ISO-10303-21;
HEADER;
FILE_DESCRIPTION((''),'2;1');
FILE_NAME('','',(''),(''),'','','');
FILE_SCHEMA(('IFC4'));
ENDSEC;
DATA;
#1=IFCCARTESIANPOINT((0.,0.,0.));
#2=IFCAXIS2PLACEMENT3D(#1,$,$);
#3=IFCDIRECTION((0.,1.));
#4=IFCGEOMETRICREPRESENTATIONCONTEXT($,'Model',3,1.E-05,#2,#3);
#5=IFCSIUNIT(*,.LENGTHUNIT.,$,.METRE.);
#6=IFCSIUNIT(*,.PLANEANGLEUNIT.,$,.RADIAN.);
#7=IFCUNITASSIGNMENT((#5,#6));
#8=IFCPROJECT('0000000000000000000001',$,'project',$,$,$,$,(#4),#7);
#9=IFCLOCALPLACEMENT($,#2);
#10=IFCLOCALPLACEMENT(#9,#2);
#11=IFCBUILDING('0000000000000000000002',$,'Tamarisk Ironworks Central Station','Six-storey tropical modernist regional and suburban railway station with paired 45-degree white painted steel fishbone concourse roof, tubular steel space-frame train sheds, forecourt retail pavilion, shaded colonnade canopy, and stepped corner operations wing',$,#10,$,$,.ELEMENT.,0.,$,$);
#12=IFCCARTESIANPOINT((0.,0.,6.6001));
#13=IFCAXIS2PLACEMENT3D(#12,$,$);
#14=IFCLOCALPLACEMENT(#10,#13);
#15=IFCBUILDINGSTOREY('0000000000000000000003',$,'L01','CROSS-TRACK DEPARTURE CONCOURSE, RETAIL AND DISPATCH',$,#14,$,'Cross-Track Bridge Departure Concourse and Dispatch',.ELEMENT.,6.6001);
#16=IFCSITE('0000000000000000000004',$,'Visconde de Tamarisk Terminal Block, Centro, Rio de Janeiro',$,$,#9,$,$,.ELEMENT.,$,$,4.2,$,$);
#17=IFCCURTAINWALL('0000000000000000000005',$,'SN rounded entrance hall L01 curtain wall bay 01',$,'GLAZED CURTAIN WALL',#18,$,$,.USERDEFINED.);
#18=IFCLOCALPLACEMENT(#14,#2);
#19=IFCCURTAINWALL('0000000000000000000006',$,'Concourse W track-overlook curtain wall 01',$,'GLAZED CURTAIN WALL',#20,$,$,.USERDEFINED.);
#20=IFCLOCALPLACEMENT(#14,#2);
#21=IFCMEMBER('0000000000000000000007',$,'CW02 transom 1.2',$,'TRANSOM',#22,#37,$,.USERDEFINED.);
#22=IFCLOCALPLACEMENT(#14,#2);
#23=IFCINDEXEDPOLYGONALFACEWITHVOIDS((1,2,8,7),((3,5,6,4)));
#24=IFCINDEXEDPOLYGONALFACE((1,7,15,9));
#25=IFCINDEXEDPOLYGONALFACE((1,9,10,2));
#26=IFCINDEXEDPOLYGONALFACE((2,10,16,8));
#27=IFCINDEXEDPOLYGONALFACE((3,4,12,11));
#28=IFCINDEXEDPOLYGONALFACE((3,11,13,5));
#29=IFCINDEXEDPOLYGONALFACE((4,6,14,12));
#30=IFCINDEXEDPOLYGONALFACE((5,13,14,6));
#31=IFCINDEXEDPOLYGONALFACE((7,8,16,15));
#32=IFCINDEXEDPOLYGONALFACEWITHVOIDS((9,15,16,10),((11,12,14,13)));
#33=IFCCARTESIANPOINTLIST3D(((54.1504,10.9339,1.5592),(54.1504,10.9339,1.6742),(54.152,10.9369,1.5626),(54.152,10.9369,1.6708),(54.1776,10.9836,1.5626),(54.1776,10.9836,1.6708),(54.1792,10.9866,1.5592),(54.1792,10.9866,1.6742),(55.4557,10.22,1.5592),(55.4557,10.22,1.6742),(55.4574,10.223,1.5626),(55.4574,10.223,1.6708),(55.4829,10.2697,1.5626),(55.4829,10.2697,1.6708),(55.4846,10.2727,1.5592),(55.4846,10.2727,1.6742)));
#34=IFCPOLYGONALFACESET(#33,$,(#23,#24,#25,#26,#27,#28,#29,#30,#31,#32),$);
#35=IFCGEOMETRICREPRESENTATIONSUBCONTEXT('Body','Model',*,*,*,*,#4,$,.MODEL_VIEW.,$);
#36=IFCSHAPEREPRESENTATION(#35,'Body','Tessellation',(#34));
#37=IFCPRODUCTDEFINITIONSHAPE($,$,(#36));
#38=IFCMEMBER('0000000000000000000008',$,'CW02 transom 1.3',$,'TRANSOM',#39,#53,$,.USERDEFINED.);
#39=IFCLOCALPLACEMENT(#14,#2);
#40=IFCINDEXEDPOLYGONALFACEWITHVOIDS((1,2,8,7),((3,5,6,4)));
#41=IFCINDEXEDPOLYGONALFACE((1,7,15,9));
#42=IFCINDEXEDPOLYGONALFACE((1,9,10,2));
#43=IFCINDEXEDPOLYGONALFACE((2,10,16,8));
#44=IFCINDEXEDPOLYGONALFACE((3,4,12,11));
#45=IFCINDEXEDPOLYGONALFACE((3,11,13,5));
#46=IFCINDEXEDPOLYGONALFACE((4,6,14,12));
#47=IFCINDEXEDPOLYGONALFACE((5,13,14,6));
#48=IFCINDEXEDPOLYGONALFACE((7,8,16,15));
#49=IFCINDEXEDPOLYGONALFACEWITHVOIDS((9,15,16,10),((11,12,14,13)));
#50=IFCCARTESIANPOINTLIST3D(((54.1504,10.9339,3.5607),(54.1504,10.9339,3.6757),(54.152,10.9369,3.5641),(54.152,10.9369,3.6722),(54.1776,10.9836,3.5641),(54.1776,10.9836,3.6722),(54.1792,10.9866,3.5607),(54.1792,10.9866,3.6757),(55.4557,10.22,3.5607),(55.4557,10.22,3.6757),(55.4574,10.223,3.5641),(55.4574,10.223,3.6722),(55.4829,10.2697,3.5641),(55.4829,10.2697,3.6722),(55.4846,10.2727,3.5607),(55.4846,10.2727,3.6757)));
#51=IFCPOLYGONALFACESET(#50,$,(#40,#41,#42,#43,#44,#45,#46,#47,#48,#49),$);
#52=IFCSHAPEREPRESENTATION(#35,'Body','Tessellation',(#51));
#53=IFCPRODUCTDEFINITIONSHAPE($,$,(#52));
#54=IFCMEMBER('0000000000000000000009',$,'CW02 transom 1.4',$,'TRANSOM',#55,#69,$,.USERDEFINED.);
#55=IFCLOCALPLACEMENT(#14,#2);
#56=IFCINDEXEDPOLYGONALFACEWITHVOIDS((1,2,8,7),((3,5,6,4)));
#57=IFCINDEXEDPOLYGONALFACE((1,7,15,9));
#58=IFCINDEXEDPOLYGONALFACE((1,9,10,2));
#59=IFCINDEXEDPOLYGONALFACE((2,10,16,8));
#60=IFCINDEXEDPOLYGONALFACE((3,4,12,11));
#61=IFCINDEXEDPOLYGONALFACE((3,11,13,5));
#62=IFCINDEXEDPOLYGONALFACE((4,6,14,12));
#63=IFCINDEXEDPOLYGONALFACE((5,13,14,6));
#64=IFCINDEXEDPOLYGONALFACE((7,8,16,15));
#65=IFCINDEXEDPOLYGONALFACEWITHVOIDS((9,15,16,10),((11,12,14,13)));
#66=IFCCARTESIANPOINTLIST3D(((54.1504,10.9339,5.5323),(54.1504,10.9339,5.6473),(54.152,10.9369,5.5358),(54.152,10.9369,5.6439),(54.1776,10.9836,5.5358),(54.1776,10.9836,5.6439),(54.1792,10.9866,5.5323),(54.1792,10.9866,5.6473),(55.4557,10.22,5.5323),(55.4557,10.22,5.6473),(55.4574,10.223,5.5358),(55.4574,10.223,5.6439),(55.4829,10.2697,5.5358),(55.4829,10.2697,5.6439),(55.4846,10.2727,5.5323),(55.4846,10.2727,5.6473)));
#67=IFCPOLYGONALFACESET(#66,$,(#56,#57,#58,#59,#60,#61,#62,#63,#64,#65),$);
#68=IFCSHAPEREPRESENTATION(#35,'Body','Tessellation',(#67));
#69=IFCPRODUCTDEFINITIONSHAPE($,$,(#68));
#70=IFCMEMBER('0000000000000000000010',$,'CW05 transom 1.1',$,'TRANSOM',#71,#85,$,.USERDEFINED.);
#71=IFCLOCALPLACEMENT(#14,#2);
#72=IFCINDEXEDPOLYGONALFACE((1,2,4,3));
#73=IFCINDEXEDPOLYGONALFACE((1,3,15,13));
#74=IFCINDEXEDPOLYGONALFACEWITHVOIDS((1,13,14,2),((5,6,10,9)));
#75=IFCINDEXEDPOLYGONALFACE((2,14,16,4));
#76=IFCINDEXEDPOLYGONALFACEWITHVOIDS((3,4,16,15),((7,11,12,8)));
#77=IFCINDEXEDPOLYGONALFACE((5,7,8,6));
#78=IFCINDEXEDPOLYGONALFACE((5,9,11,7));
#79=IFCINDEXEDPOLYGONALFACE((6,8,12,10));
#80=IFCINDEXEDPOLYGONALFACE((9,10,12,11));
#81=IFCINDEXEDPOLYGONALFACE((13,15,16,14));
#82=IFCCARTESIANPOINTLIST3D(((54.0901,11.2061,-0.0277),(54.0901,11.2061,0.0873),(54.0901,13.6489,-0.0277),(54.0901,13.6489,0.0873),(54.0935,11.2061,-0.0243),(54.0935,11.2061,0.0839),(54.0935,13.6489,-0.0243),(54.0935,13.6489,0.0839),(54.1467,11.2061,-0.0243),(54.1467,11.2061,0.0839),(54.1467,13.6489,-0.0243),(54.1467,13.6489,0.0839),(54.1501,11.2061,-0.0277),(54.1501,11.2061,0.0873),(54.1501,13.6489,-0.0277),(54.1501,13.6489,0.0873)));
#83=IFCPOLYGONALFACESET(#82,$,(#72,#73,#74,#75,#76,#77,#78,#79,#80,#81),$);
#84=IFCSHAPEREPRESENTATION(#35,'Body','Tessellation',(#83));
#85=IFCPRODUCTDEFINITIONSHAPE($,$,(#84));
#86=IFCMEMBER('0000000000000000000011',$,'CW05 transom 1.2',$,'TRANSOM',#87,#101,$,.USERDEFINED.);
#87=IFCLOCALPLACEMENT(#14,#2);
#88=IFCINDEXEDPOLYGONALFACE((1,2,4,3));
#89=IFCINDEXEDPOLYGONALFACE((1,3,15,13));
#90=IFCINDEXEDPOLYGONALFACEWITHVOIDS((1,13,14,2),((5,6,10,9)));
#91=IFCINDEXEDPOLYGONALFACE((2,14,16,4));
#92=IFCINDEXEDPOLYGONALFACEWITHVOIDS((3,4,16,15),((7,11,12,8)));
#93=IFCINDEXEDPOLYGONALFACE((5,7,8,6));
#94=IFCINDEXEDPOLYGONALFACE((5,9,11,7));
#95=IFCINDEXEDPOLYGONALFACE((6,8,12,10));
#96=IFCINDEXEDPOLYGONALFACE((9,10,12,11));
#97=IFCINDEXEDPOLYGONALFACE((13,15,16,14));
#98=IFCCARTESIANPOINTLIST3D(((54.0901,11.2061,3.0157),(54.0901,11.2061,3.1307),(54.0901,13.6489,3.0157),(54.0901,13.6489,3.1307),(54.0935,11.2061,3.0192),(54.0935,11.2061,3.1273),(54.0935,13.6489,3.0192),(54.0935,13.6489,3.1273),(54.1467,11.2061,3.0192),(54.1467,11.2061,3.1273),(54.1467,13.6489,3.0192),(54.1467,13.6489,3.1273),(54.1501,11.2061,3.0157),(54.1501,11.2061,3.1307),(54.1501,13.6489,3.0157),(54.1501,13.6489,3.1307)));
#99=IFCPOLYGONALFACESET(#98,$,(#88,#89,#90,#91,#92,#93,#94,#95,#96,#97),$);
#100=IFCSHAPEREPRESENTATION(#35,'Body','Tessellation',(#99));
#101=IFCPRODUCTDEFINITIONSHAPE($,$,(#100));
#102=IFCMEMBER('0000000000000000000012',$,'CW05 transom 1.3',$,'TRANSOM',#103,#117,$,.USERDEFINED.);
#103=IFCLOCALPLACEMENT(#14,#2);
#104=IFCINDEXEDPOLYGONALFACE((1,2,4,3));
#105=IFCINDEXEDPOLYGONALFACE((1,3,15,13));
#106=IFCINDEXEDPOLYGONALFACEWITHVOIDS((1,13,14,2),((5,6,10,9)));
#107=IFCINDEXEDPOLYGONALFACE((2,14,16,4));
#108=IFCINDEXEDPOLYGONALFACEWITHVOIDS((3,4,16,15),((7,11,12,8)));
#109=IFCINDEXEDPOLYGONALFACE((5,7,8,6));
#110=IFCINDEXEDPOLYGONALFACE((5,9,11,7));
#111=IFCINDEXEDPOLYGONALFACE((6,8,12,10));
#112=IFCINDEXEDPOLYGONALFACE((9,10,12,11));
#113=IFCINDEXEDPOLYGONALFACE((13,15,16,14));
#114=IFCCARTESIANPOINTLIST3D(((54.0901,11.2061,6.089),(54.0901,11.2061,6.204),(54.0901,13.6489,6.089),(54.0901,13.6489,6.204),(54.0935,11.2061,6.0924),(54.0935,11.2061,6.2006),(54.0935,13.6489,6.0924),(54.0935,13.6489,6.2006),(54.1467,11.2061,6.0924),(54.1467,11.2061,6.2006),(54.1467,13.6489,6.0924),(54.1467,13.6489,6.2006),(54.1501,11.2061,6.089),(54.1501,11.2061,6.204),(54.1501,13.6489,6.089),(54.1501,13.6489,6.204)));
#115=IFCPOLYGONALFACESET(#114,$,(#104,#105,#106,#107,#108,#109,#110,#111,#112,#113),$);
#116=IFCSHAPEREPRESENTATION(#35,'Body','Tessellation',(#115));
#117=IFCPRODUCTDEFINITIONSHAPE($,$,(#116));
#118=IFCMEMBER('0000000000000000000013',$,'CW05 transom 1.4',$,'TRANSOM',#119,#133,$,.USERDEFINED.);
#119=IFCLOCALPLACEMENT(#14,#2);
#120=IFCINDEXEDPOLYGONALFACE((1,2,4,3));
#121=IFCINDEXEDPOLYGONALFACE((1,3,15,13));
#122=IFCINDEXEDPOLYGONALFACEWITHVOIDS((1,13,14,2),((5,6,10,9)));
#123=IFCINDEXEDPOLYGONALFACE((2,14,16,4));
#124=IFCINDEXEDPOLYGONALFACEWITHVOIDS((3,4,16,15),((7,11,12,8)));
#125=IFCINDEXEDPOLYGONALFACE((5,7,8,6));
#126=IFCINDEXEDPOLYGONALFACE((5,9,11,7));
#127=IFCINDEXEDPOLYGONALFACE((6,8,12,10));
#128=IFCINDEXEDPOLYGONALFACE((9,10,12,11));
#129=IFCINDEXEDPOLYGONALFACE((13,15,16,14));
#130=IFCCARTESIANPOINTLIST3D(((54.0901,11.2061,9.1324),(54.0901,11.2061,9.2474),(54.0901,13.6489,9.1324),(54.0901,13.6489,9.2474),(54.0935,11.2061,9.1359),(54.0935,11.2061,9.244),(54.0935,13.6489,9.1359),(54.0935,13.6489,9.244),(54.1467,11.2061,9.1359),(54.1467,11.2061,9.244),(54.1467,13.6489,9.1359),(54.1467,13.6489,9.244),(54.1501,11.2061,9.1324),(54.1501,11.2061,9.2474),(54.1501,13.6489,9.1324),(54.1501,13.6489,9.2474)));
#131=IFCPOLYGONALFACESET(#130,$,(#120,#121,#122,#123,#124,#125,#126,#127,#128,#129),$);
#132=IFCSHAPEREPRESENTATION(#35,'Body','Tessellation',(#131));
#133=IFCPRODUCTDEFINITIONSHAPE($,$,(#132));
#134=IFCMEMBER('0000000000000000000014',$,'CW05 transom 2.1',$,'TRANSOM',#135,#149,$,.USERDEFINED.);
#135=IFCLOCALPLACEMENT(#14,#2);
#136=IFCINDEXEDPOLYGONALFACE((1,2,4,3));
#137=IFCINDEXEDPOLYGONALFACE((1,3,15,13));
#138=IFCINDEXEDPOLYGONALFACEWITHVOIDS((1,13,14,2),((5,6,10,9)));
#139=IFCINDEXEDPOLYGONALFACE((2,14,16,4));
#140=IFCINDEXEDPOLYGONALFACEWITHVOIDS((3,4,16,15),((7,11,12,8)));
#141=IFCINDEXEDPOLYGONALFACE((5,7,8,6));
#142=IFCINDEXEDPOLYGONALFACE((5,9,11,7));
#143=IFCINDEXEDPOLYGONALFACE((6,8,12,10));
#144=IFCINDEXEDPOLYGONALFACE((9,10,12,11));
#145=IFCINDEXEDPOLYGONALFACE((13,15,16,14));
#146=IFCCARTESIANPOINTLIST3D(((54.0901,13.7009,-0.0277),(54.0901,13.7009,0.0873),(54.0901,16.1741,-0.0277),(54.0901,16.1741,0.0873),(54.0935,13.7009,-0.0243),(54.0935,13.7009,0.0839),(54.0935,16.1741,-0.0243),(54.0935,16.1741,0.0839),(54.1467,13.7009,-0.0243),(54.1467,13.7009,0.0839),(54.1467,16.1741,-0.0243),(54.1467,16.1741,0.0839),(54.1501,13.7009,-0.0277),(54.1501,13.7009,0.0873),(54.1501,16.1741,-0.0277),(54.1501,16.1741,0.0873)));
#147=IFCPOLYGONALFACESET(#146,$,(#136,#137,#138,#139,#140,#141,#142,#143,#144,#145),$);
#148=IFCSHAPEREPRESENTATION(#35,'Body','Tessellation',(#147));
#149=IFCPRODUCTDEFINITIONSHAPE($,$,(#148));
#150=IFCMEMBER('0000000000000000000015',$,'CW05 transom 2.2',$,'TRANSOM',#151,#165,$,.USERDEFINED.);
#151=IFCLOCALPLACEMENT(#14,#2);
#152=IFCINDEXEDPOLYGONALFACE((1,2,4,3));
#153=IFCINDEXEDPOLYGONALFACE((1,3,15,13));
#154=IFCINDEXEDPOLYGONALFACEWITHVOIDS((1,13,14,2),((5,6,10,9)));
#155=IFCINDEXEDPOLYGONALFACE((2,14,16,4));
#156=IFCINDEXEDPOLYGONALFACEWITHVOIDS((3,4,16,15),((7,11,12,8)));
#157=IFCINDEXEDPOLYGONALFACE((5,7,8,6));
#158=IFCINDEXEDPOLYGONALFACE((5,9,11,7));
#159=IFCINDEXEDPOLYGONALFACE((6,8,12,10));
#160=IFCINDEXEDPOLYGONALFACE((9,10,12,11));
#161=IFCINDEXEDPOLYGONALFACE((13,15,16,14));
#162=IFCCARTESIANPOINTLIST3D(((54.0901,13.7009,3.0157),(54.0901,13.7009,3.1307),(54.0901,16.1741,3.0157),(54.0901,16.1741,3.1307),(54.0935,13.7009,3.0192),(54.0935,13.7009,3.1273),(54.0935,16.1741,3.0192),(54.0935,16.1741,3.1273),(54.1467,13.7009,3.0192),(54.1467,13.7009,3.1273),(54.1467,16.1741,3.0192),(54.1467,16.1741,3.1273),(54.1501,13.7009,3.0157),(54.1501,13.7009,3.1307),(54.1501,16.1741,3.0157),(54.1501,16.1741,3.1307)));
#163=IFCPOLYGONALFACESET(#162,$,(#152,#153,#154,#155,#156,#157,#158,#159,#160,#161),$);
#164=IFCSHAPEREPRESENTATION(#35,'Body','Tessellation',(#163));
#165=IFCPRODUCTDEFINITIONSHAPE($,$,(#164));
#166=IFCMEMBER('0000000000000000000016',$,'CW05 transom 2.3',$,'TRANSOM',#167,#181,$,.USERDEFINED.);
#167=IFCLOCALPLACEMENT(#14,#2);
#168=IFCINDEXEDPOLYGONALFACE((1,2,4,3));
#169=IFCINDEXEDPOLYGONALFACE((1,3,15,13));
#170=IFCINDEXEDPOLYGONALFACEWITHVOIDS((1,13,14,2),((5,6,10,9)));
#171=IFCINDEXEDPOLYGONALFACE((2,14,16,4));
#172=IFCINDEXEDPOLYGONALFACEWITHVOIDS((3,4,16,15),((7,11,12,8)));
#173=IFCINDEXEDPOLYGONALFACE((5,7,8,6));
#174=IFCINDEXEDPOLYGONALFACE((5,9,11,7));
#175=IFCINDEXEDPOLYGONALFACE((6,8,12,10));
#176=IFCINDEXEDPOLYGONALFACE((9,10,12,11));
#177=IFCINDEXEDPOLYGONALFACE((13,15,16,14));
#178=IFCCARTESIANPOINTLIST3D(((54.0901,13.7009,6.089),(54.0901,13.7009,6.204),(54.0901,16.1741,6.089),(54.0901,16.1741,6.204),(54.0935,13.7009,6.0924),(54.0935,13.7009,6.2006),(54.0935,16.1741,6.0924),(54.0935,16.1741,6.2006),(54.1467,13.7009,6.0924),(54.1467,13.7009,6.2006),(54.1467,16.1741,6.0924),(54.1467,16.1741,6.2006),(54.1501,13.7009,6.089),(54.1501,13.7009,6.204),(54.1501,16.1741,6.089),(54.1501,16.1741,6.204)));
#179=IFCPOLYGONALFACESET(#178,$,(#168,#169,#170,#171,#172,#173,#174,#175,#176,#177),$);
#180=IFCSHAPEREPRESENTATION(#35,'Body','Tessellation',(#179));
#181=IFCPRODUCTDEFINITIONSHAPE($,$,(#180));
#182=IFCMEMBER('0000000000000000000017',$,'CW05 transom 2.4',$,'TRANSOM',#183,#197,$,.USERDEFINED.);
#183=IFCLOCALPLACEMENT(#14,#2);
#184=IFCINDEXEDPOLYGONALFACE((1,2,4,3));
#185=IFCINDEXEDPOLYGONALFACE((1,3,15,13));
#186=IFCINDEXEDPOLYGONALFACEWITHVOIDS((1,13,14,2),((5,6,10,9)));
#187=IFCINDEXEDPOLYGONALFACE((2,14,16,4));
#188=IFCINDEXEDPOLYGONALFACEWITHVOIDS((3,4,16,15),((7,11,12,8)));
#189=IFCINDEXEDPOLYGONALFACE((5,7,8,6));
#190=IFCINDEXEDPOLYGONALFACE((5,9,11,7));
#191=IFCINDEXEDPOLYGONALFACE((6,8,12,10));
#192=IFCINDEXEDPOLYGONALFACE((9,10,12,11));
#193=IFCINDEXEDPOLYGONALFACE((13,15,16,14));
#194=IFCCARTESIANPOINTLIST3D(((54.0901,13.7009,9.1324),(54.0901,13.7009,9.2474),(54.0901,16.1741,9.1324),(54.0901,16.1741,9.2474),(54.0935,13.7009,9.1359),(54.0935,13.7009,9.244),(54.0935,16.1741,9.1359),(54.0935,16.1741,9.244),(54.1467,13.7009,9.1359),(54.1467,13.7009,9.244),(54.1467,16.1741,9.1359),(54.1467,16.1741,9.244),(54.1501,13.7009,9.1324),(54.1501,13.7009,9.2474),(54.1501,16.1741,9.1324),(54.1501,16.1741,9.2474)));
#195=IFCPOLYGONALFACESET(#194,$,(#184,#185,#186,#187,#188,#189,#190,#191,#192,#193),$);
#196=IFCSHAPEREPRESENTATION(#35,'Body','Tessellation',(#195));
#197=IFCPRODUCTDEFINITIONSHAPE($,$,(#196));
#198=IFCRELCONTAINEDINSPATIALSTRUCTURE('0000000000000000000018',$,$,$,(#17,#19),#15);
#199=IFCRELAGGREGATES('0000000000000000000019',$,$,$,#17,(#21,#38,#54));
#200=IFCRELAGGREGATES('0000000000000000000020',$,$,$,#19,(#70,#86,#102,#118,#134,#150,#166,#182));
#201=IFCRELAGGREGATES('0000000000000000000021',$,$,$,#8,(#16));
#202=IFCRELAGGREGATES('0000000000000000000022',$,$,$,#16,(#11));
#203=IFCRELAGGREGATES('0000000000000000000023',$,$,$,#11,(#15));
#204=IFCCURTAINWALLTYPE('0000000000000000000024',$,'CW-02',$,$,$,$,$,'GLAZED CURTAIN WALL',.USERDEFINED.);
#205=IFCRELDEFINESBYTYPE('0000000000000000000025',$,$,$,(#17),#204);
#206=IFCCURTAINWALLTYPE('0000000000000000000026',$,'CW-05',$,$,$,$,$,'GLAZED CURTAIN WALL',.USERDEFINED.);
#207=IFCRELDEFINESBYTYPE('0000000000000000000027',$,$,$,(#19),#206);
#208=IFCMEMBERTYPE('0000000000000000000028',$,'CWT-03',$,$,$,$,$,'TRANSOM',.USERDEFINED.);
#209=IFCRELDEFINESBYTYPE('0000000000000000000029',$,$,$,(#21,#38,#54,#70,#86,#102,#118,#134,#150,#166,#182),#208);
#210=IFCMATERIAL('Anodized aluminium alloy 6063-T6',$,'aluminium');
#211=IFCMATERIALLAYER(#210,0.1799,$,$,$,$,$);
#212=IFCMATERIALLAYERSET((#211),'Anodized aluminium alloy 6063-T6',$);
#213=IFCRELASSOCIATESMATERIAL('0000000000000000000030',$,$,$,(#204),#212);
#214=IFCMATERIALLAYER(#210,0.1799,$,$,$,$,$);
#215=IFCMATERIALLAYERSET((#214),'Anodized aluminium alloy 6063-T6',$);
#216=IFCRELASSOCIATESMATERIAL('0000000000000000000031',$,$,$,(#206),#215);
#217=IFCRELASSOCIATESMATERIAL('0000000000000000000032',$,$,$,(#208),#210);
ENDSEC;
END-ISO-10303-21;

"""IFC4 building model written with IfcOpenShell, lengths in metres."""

from ifc_helpers import new_model, si_unit, direction, frame, origin, origin_2d, place, context, subcontext, project, spatial, hollow_rectangle, extrude, material, layer, layer_set, material_profile, profile_set, type_object, element, aggregate, save


model = new_model("IFC4")

# Units and contexts
model_context = context("Model", 3, precision=1e-05, world=origin(), true_north=direction((0.0, 1.0)))
body_context = subcontext(model_context, "Body", "Model", "MODEL_VIEW")
ifc_project = project(units=[si_unit("LENGTHUNIT", "METRE"), si_unit("PLANEANGLEUNIT", "RADIAN")], contexts=[model_context])

# Site, building, storey
site_placement = place(None, origin())
site = spatial("IfcSite", under=ifc_project, at=site_placement, Name="Visconde de Tamarisk Terminal Block, Centro, Rio de Janeiro", CompositionType="ELEMENT", RefElevation=4.2)
building_placement = place(site_placement, origin())
building = spatial("IfcBuilding", under=site, at=building_placement, Name="Tamarisk Ironworks Central Station", Description="Six-storey tropical modernist regional and suburban railway station with paired 45-degree white painted steel fishbone concourse roof, tubular steel space-frame train sheds, forecourt retail pavilion, shaded colonnade canopy, and stepped corner operations wing", CompositionType="ELEMENT", ElevationOfRefHeight=0.0)
storey_placement = place(building_placement, frame((0.0, 0.0, 6.6001)))
storey = spatial("IfcBuildingStorey", under=building, at=storey_placement, Name="L01", Description="CROSS-TRACK DEPARTURE CONCOURSE, RETAIL AND DISPATCH", LongName="Cross-Track Bridge Departure Concourse and Dispatch", CompositionType="ELEMENT", Elevation=6.6001)

# Curtain wall
ifc_material_1 = material(Name="Anodized aluminium alloy 6063-T6", Category="aluminium")
ifc_layer_1 = layer(ifc_material_1, 0.1799)
ifc_layer_set_1 = layer_set([ifc_layer_1], Name="Anodized aluminium alloy 6063-T6")
curtain_wall_type_1 = type_object("IfcCurtainWallType", Name="CW-02", ElementType="GLAZED CURTAIN WALL", PredefinedType="USERDEFINED", material=ifc_layer_set_1)
curtain_wall_1_placement = place(storey_placement, origin())
curtain_wall_1 = element("IfcCurtainWall", 1, at=curtain_wall_1_placement, inside=storey, type_object=curtain_wall_type_1, Name="SN rounded entrance hall L01 curtain wall bay 01", ObjectType="GLAZED CURTAIN WALL", PredefinedType="USERDEFINED")

# Curtain wall
ifc_layer_2 = layer(ifc_material_1, 0.1799)
ifc_layer_set_2 = layer_set([ifc_layer_2], Name="Anodized aluminium alloy 6063-T6")
curtain_wall_type_2 = type_object("IfcCurtainWallType", Name="CW-05", ElementType="GLAZED CURTAIN WALL", PredefinedType="USERDEFINED", material=ifc_layer_set_2)
curtain_wall_2_placement = place(storey_placement, origin())
curtain_wall_2 = element("IfcCurtainWall", 2, at=curtain_wall_2_placement, inside=storey, type_object=curtain_wall_type_2, Name="Concourse W track-overlook curtain wall 01", ObjectType="GLAZED CURTAIN WALL", PredefinedType="USERDEFINED")

# Members
ifc_material_profile_1 = material_profile(ifc_material_1, hollow_rectangle(XDim=0.0601, YDim=0.115, WallThickness=0.0034, at=origin_2d()), Name="ALUM 115x60")
ifc_profile_set_1 = profile_set([ifc_material_profile_1], Name="Anodized aluminium alloy 6063-T6")
member_type_1 = type_object("IfcMemberType", Name="CWT-03", ElementType="TRANSOM", PredefinedType="USERDEFINED", material=ifc_profile_set_1)
member_1_placement = place(storey_placement, frame((54.1648, 10.9602, 1.6167), z_axis=(0.877381, -0.479795, 0.0), x_axis=(0.479795, 0.877381, 0.0)))
member_1 = element("IfcMember", 3, at=member_1_placement, type_object=member_type_1, Name="CW02 transom 1.2", ObjectType="TRANSOM", PredefinedType="USERDEFINED", context=body_context, shape_type="SweptSolid", body=[
    extrude(hollow_rectangle(XDim=0.0601, YDim=0.115, WallThickness=0.0034, at=origin_2d()), origin(), (0.0, 0.0, 1.0), 1.4878),
])
member_2_placement = place(storey_placement, frame((54.1648, 10.9602, 3.6182), z_axis=(0.877381, -0.479795, 0.0), x_axis=(0.479795, 0.877381, 0.0)))
member_2 = element("IfcMember", 4, at=member_2_placement, type_object=member_type_1, Name="CW02 transom 1.3", ObjectType="TRANSOM", PredefinedType="USERDEFINED", context=body_context, shape_type="SweptSolid", body=[
    extrude(hollow_rectangle(XDim=0.0601, YDim=0.115, WallThickness=0.0034, at=origin_2d()), origin(), (0.0, 0.0, 1.0), 1.4878),
])
member_3_placement = place(storey_placement, frame((54.1648, 10.9602, 5.5898), z_axis=(0.877381, -0.479795, 0.0), x_axis=(0.479795, 0.877381, 0.0)))
member_3 = element("IfcMember", 5, at=member_3_placement, type_object=member_type_1, Name="CW02 transom 1.4", ObjectType="TRANSOM", PredefinedType="USERDEFINED", context=body_context, shape_type="SweptSolid", body=[
    extrude(hollow_rectangle(XDim=0.0601, YDim=0.115, WallThickness=0.0034, at=origin_2d()), origin(), (0.0, 0.0, 1.0), 1.4878),
])
aggregate(curtain_wall_1, [member_1, member_2, member_3])
member_4_placement = place(storey_placement, frame((54.1201, 11.2061, 0.0298), z_axis=(0.0, 1.0, 0.0), x_axis=(-1.0, 0.0, 0.0)))
member_4 = element("IfcMember", 6, at=member_4_placement, type_object=member_type_1, Name="CW05 transom 1.1", ObjectType="TRANSOM", PredefinedType="USERDEFINED", context=body_context, shape_type="SweptSolid", body=[
    extrude(hollow_rectangle(XDim=0.0601, YDim=0.115, WallThickness=0.0034, at=origin_2d()), origin(), (0.0, 0.0, 1.0), 2.4429),
])
member_5_placement = place(storey_placement, frame((54.1201, 11.2061, 3.0732), z_axis=(0.0, 1.0, 0.0), x_axis=(-1.0, 0.0, 0.0)))
member_5 = element("IfcMember", 7, at=member_5_placement, type_object=member_type_1, Name="CW05 transom 1.2", ObjectType="TRANSOM", PredefinedType="USERDEFINED", context=body_context, shape_type="SweptSolid", body=[
    extrude(hollow_rectangle(XDim=0.0601, YDim=0.115, WallThickness=0.0034, at=origin_2d()), origin(), (0.0, 0.0, 1.0), 2.4429),
])
member_6_placement = place(storey_placement, frame((54.1201, 11.2061, 6.1465), z_axis=(0.0, 1.0, 0.0), x_axis=(-1.0, 0.0, 0.0)))
member_6 = element("IfcMember", 8, at=member_6_placement, type_object=member_type_1, Name="CW05 transom 1.3", ObjectType="TRANSOM", PredefinedType="USERDEFINED", context=body_context, shape_type="SweptSolid", body=[
    extrude(hollow_rectangle(XDim=0.0601, YDim=0.115, WallThickness=0.0034, at=origin_2d()), origin(), (0.0, 0.0, 1.0), 2.4429),
])
member_7_placement = place(storey_placement, frame((54.1201, 11.2061, 9.1899), z_axis=(0.0, 1.0, 0.0), x_axis=(-1.0, 0.0, 0.0)))
member_7 = element("IfcMember", 9, at=member_7_placement, type_object=member_type_1, Name="CW05 transom 1.4", ObjectType="TRANSOM", PredefinedType="USERDEFINED", context=body_context, shape_type="SweptSolid", body=[
    extrude(hollow_rectangle(XDim=0.0601, YDim=0.115, WallThickness=0.0034, at=origin_2d()), origin(), (0.0, 0.0, 1.0), 2.4429),
])
member_8_placement = place(storey_placement, frame((54.1201, 13.7009, 0.0298), z_axis=(0.0, 1.0, 0.0), x_axis=(-1.0, 0.0, 0.0)))
member_8 = element("IfcMember", 10, at=member_8_placement, type_object=member_type_1, Name="CW05 transom 2.1", ObjectType="TRANSOM", PredefinedType="USERDEFINED", context=body_context, shape_type="SweptSolid", body=[
    extrude(hollow_rectangle(XDim=0.0601, YDim=0.115, WallThickness=0.0034, at=origin_2d()), origin(), (0.0, 0.0, 1.0), 2.4731),
])
member_9_placement = place(storey_placement, frame((54.1201, 13.7009, 3.0732), z_axis=(0.0, 1.0, 0.0), x_axis=(-1.0, 0.0, 0.0)))
member_9 = element("IfcMember", 11, at=member_9_placement, type_object=member_type_1, Name="CW05 transom 2.2", ObjectType="TRANSOM", PredefinedType="USERDEFINED", context=body_context, shape_type="SweptSolid", body=[
    extrude(hollow_rectangle(XDim=0.0601, YDim=0.115, WallThickness=0.0034, at=origin_2d()), origin(), (0.0, 0.0, 1.0), 2.4731),
])
member_10_placement = place(storey_placement, frame((54.1201, 13.7009, 6.1465), z_axis=(0.0, 1.0, 0.0), x_axis=(-1.0, 0.0, 0.0)))
member_10 = element("IfcMember", 12, at=member_10_placement, type_object=member_type_1, Name="CW05 transom 2.3", ObjectType="TRANSOM", PredefinedType="USERDEFINED", context=body_context, shape_type="SweptSolid", body=[
    extrude(hollow_rectangle(XDim=0.0601, YDim=0.115, WallThickness=0.0034, at=origin_2d()), origin(), (0.0, 0.0, 1.0), 2.4731),
])
member_11_placement = place(storey_placement, frame((54.1201, 13.7009, 9.1899), z_axis=(0.0, 1.0, 0.0), x_axis=(-1.0, 0.0, 0.0)))
member_11 = element("IfcMember", 13, at=member_11_placement, type_object=member_type_1, Name="CW05 transom 2.4", ObjectType="TRANSOM", PredefinedType="USERDEFINED", context=body_context, shape_type="SweptSolid", body=[
    extrude(hollow_rectangle(XDim=0.0601, YDim=0.115, WallThickness=0.0034, at=origin_2d()), origin(), (0.0, 0.0, 1.0), 2.4731),
])

aggregate(curtain_wall_2, [member_4, member_5, member_6, member_7, member_8, member_9, member_10, member_11])

save(model, "model.ifc")
